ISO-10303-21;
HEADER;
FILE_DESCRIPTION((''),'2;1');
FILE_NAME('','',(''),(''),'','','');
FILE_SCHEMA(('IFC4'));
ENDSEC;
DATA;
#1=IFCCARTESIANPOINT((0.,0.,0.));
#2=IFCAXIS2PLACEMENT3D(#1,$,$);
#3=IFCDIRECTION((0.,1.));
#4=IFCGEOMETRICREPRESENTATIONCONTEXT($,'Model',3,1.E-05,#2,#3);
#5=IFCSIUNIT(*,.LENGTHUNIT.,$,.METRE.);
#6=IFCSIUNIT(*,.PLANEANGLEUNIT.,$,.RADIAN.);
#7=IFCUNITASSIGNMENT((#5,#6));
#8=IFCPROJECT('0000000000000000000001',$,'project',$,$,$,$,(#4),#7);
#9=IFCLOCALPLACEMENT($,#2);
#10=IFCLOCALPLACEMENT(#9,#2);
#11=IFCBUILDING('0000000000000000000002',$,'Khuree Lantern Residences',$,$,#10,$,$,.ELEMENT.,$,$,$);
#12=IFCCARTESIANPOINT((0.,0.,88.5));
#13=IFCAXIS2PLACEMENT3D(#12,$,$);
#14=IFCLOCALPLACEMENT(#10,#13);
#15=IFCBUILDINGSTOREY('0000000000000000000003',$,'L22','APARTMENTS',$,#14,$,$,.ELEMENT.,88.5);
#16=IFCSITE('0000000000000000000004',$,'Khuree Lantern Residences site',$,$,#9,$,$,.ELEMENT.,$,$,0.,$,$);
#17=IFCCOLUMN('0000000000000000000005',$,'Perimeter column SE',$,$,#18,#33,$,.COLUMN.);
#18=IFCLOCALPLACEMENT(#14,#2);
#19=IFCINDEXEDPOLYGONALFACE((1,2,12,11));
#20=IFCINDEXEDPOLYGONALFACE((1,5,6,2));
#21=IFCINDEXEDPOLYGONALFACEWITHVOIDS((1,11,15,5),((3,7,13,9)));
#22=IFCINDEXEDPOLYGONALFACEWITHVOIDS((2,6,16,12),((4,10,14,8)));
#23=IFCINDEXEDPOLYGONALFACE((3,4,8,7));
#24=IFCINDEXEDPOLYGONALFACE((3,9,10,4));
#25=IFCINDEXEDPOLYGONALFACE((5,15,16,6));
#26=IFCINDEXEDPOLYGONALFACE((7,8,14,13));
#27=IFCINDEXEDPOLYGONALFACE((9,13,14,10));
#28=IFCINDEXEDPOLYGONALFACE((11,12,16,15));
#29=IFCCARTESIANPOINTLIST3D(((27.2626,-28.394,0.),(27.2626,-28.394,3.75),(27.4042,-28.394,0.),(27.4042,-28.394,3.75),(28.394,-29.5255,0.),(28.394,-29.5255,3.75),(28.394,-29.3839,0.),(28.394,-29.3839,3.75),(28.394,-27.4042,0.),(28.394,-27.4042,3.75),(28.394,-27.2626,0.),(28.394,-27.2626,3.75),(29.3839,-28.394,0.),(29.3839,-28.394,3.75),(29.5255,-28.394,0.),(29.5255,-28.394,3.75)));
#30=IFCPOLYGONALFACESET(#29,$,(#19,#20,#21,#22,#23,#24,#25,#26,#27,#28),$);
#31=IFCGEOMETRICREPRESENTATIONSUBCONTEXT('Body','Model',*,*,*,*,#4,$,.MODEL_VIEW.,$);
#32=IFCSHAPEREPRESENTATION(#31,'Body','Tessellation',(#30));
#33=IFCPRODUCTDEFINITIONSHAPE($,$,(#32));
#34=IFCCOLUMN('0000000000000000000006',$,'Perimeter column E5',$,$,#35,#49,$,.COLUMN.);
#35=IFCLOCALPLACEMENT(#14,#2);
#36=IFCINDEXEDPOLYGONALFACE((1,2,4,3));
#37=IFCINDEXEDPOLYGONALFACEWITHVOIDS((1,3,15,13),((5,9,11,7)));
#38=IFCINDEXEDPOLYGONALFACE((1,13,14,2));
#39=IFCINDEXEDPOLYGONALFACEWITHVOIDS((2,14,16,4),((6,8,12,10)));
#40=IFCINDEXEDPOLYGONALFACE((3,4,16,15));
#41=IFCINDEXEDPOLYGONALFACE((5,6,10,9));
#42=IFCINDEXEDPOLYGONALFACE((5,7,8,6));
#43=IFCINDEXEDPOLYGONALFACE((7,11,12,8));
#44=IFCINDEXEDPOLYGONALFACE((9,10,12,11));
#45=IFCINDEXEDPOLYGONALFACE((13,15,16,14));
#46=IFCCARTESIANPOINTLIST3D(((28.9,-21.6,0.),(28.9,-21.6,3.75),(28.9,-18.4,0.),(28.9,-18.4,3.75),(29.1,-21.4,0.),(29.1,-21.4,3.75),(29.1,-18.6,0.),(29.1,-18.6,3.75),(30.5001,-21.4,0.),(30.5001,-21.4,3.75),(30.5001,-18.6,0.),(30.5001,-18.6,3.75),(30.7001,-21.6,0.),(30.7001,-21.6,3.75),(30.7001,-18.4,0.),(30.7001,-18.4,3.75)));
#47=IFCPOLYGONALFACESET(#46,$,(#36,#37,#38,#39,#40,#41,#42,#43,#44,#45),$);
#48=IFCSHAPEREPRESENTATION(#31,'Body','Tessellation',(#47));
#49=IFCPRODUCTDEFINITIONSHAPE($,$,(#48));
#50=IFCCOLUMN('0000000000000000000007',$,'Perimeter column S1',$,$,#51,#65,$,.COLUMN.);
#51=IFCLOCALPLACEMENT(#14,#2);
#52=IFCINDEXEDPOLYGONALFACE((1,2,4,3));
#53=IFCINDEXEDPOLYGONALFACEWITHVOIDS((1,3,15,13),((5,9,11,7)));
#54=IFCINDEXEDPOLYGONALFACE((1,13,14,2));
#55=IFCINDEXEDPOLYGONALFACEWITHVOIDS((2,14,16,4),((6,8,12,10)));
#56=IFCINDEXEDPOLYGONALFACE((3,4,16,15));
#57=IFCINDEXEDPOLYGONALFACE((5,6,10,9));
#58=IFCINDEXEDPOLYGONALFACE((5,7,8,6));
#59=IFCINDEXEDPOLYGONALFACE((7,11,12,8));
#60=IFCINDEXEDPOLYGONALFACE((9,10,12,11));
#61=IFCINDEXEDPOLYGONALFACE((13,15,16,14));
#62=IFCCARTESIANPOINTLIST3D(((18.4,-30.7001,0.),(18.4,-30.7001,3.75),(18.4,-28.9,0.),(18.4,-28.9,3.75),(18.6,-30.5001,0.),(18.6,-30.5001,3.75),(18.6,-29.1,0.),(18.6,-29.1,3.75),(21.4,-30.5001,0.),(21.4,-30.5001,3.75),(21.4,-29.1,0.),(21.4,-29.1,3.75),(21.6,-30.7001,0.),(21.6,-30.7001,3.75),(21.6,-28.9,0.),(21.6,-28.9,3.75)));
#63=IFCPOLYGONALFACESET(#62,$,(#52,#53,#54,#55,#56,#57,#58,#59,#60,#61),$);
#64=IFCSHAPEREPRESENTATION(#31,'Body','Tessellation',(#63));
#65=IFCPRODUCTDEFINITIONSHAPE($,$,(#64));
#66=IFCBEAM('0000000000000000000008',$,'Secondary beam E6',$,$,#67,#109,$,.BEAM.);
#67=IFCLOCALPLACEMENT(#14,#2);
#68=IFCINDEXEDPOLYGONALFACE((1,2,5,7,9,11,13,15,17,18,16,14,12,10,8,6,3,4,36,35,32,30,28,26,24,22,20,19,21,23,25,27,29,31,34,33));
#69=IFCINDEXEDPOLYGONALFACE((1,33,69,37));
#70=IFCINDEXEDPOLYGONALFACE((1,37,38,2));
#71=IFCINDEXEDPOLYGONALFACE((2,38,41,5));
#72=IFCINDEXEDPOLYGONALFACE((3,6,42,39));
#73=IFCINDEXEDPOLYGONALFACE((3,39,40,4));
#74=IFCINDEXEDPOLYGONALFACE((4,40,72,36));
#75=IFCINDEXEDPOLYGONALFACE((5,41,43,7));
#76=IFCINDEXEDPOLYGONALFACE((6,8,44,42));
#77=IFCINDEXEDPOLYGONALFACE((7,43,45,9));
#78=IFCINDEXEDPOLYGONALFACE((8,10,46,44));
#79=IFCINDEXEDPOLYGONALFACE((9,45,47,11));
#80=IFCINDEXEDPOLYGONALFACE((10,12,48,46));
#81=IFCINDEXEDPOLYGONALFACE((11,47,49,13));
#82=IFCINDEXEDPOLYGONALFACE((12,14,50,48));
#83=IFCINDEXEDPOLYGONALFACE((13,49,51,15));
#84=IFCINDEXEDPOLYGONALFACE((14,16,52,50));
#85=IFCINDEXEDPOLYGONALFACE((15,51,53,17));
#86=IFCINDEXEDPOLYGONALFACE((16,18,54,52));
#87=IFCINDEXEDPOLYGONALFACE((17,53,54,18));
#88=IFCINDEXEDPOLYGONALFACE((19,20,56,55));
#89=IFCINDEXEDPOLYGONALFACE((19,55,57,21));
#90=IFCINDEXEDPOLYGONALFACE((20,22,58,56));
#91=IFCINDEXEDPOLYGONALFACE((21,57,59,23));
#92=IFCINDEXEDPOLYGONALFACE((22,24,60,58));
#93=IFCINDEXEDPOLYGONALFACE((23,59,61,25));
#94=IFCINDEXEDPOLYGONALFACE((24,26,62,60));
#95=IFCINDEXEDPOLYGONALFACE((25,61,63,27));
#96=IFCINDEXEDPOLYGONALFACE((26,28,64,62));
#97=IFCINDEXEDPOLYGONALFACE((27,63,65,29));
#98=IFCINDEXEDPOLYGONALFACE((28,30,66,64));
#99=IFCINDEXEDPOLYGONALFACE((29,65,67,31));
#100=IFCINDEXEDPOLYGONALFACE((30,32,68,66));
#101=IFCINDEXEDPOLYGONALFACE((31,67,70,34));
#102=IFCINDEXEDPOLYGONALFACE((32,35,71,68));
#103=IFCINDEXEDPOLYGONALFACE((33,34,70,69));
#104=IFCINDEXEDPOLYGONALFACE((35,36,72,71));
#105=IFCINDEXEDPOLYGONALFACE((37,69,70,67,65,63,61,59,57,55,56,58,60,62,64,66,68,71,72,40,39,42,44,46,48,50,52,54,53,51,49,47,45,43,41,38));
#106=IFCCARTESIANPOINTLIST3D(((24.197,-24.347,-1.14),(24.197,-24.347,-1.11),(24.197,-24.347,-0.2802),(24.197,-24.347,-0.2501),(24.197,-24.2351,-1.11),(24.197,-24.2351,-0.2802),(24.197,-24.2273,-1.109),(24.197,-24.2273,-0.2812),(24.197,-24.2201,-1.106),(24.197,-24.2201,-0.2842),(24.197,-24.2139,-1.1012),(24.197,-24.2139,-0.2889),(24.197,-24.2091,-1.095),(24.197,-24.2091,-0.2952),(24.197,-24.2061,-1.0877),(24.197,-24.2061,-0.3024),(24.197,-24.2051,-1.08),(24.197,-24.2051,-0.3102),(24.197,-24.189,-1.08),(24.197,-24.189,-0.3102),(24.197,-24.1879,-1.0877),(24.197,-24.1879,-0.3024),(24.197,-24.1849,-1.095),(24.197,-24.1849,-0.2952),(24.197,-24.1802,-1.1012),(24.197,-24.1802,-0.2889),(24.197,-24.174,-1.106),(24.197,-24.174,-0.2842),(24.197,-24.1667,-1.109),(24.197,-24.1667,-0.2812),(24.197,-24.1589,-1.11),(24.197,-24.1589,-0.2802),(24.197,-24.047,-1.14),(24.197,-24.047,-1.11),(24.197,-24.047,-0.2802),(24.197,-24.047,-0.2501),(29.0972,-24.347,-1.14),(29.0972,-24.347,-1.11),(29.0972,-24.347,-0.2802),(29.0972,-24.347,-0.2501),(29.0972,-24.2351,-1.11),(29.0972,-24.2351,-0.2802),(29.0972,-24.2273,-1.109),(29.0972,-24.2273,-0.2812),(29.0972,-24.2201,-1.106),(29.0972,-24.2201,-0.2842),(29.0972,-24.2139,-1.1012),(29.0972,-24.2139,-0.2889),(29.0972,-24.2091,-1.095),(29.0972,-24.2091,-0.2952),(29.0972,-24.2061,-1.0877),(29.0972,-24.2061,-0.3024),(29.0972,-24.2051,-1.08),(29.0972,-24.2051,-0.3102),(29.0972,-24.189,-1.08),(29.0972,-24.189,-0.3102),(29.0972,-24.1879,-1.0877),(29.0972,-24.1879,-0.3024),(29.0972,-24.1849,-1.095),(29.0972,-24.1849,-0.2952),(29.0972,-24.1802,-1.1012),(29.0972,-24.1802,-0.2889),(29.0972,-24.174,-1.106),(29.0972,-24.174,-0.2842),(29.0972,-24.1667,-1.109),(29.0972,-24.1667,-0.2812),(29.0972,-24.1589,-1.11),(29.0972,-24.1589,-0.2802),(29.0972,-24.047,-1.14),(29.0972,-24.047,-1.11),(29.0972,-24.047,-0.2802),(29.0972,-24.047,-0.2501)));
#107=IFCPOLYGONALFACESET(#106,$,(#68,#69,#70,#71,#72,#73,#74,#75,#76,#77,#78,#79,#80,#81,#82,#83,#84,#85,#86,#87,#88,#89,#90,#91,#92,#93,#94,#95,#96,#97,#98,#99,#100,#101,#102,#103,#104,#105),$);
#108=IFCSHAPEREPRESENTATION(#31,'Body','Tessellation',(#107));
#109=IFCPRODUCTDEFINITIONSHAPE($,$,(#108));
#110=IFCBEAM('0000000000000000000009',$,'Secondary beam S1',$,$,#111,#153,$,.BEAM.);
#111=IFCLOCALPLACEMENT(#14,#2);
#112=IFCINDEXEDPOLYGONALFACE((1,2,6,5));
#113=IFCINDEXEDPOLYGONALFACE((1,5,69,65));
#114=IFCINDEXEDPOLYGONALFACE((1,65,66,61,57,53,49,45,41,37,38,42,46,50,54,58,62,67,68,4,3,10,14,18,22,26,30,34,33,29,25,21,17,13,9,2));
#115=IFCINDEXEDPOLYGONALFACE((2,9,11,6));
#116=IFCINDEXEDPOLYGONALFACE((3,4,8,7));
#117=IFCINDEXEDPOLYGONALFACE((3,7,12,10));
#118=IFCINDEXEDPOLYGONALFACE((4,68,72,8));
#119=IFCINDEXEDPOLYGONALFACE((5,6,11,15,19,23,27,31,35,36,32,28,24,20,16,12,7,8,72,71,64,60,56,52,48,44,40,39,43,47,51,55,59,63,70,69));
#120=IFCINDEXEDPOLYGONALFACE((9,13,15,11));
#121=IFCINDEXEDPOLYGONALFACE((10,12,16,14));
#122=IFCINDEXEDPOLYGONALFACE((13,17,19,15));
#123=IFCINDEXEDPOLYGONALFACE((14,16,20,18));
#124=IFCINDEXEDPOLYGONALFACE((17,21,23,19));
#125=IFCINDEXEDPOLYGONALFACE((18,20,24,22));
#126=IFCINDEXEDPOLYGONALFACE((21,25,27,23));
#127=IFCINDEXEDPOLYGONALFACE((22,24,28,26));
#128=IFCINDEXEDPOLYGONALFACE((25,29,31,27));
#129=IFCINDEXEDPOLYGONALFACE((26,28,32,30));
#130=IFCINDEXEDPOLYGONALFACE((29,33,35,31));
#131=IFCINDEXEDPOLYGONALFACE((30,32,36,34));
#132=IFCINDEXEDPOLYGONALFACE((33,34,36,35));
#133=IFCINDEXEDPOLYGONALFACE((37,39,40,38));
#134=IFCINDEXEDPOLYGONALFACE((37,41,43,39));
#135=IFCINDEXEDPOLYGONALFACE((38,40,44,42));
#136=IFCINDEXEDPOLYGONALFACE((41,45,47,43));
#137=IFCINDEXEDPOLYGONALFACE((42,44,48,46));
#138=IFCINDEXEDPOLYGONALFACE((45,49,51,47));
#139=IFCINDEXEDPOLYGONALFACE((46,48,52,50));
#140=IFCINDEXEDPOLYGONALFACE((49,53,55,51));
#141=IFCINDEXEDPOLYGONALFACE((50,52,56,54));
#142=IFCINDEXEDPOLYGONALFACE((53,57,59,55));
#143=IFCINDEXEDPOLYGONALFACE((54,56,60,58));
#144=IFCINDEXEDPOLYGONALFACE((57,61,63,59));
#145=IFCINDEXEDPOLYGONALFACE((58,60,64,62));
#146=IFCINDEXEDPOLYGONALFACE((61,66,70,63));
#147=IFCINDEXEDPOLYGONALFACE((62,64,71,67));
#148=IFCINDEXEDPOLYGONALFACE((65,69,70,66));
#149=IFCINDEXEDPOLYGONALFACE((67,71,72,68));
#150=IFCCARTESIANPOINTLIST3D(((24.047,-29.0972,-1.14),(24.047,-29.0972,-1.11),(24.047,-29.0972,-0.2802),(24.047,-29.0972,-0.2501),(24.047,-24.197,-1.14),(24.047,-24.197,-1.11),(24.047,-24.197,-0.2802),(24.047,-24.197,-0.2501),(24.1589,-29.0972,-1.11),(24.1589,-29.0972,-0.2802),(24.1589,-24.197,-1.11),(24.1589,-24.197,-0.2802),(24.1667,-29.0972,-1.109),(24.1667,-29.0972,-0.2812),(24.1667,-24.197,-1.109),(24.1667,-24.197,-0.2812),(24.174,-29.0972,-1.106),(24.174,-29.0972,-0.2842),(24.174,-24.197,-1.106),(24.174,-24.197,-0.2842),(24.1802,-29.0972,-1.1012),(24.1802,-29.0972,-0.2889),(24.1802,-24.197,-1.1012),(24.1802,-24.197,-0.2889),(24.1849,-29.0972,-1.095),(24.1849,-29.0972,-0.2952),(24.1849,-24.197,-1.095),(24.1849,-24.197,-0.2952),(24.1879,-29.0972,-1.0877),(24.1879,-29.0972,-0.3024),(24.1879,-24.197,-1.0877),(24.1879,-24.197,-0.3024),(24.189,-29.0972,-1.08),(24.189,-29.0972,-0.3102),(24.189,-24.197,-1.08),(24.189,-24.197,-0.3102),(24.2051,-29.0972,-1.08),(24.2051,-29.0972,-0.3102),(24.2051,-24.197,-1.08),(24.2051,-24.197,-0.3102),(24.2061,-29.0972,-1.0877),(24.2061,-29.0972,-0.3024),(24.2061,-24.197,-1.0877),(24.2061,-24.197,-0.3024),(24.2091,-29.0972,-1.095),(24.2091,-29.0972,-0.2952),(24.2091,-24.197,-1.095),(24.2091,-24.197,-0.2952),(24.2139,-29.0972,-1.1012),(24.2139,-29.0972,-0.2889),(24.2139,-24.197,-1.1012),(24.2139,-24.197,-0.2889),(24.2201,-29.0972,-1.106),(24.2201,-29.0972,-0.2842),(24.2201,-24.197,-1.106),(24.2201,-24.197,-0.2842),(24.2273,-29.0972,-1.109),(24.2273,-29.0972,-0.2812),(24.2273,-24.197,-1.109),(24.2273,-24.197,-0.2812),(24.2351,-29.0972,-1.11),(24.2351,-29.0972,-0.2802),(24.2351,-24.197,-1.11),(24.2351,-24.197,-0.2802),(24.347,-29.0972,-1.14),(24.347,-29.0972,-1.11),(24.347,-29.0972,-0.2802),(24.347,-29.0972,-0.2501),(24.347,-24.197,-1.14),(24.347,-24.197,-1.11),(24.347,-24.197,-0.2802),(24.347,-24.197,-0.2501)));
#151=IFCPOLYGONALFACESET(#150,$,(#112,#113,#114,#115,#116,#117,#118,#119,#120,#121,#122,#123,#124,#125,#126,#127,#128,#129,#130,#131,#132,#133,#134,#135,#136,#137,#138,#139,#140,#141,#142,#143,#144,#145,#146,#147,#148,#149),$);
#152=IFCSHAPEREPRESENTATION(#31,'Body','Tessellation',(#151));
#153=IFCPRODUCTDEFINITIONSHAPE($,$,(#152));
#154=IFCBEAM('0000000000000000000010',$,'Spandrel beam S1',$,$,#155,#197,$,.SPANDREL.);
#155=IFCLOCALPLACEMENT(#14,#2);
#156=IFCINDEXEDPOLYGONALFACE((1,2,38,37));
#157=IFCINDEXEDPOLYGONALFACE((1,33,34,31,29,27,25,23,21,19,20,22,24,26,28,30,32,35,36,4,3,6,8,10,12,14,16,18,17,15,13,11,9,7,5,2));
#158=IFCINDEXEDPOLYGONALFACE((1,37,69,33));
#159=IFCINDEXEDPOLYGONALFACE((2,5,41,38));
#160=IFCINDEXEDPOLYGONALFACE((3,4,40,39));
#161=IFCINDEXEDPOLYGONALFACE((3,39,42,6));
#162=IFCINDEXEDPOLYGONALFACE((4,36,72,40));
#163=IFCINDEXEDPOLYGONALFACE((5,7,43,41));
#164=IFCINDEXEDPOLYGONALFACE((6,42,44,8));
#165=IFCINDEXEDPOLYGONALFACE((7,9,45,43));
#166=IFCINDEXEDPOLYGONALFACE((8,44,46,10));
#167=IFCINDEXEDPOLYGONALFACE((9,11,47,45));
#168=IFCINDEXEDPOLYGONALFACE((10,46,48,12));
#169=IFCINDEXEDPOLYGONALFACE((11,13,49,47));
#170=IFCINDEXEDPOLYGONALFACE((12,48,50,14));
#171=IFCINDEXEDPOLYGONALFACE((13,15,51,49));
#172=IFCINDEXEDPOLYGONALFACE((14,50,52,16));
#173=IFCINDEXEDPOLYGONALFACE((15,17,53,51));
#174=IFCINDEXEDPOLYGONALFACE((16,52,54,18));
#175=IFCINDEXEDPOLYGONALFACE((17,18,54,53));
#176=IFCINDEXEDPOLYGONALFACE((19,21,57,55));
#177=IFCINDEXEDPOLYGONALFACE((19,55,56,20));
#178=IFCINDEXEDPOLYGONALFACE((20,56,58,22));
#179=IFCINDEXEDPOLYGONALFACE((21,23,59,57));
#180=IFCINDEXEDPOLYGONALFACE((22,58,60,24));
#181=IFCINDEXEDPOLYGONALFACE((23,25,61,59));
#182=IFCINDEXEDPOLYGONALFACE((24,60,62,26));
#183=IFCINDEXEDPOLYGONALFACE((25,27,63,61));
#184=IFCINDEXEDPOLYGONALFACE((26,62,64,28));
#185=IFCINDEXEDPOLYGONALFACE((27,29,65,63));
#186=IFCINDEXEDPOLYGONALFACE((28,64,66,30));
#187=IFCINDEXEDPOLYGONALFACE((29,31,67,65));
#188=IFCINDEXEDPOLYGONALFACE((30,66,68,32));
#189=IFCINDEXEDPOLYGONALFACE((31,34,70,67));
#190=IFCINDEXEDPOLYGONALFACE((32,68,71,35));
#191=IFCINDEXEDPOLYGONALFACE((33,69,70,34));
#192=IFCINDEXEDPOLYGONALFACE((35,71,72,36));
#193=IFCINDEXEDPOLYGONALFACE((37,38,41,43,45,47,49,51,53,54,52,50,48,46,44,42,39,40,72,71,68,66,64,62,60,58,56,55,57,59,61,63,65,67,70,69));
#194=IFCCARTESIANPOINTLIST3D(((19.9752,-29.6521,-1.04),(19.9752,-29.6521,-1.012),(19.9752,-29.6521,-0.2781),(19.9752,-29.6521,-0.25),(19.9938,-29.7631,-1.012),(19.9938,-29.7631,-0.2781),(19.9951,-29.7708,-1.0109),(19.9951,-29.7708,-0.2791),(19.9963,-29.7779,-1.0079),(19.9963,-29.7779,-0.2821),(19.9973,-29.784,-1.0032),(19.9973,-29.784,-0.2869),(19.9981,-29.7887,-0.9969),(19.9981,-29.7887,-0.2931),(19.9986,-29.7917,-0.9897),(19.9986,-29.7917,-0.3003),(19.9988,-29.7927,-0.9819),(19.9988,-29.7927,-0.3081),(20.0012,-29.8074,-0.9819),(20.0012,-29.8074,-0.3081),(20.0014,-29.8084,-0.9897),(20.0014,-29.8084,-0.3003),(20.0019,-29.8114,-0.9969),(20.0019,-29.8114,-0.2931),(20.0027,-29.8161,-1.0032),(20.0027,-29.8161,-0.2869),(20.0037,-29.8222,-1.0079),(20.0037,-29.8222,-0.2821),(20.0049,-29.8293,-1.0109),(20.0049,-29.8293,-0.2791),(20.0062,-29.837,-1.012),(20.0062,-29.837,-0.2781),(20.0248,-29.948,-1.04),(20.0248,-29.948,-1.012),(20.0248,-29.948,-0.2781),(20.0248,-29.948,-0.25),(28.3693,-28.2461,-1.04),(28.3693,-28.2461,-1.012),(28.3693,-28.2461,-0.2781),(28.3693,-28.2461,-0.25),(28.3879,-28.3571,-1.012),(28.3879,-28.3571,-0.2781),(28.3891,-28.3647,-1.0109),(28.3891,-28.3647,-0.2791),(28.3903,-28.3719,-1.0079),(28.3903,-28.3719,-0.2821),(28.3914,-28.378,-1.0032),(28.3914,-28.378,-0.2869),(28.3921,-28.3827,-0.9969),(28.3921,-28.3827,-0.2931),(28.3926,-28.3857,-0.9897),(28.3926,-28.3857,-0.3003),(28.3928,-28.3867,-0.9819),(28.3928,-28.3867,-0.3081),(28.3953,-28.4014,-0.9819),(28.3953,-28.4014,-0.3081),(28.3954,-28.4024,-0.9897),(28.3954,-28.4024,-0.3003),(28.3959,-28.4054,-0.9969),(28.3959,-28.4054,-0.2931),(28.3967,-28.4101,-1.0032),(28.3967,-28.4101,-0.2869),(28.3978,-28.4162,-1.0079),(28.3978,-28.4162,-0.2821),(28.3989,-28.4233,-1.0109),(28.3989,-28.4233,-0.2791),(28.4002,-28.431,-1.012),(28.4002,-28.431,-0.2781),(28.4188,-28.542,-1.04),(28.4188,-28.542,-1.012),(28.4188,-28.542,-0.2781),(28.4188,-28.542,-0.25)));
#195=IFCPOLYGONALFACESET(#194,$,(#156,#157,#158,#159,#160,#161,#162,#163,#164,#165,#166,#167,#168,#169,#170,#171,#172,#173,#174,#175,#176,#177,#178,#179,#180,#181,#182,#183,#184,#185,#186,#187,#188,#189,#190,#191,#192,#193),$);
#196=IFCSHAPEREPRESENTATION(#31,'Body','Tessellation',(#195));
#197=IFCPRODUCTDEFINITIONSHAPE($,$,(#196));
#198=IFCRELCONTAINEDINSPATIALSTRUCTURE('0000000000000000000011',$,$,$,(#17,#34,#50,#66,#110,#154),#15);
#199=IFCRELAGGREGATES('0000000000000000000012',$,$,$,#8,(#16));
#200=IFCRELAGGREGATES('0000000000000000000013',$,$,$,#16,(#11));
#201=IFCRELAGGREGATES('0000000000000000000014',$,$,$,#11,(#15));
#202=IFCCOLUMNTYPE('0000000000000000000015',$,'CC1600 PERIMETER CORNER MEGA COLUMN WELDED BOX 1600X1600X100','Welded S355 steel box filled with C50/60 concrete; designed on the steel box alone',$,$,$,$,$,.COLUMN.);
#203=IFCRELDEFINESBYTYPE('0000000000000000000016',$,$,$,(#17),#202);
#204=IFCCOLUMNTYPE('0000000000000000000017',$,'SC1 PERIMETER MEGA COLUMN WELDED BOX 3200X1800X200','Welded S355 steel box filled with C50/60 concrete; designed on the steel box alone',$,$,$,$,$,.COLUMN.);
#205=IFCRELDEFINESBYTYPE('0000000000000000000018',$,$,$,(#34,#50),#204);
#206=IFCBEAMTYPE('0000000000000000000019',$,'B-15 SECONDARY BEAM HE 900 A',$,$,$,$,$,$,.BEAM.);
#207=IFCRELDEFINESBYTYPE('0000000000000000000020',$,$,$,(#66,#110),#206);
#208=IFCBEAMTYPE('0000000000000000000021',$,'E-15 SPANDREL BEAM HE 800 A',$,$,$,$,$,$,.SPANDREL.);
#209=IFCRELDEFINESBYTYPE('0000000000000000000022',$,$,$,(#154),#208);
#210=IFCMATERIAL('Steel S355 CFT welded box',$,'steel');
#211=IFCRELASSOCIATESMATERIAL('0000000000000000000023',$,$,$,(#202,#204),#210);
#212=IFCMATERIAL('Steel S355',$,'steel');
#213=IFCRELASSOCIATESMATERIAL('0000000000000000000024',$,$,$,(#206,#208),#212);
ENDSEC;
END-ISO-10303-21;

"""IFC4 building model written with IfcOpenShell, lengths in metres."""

from ifc_helpers import new_model, si_unit, direction, frame, origin, origin_2d, place, context, subcontext, project, spatial, hollow_rectangle, i_section, extrude, material, material_profile, profile_set, type_object, element, save


model = new_model("IFC4")

# Units and contexts
model_context = context("Model", 3, precision=1e-05, world=origin(), true_north=direction((0.0, 1.0)))
body_context = subcontext(model_context, "Body", "Model", "MODEL_VIEW")
ifc_project = project(units=[si_unit("LENGTHUNIT", "METRE"), si_unit("PLANEANGLEUNIT", "RADIAN")], contexts=[model_context])

# Site, building, storey
site_placement = place(None, origin())
site = spatial("IfcSite", under=ifc_project, at=site_placement, Name="Khuree Lantern Residences site", CompositionType="ELEMENT", RefElevation=0.0)
building_placement = place(site_placement, origin())
building = spatial("IfcBuilding", under=site, at=building_placement, Name="Khuree Lantern Residences", CompositionType="ELEMENT")
storey_placement = place(building_placement, frame((0.0, 0.0, 88.5)))
storey = spatial("IfcBuildingStorey", under=building, at=storey_placement, Name="L22", Description="APARTMENTS", CompositionType="ELEMENT", Elevation=88.5)

# Columns
ifc_material_1 = material(Name="Steel S355 CFT welded box", Category="steel")
ifc_material_profile_1 = material_profile(ifc_material_1, hollow_rectangle(XDim=1.6001, YDim=1.6001, WallThickness=0.1001, at=origin_2d()), Name="WELDED BOX 1600X1600X100")
ifc_profile_set_1 = profile_set([ifc_material_profile_1], Name="Steel S355 CFT welded box")
column_type_1 = type_object("IfcColumnType", Name="CC1600 PERIMETER CORNER MEGA COLUMN WELDED BOX 1600X1600X100", Description="Welded S355 steel box filled with C50/60 concrete; designed on the steel box alone", PredefinedType="COLUMN", material=ifc_profile_set_1)
column_placement = place(storey_placement, frame((28.394, -28.394, 0.0), z_axis=(0.0, 0.0, 1.0), x_axis=(0.707107, 0.707107, 0.0)))
element("IfcColumn", 1, at=column_placement, inside=storey, type_object=column_type_1, Name="Perimeter column SE", PredefinedType="COLUMN", context=body_context, shape_type="SweptSolid", body=[
    extrude(hollow_rectangle(XDim=1.6001, YDim=1.6001, WallThickness=0.1001, at=origin_2d()), origin(), (0.0, 0.0, 1.0), 3.75),
])
ifc_material_profile_2 = material_profile(ifc_material_1, hollow_rectangle(XDim=3.2, YDim=1.8, WallThickness=0.2, at=origin_2d()), Name="WELDED BOX 3200X1800X200")
ifc_profile_set_2 = profile_set([ifc_material_profile_2], Name="Steel S355 CFT welded box")
column_type_2 = type_object("IfcColumnType", Name="SC1 PERIMETER MEGA COLUMN WELDED BOX 3200X1800X200", Description="Welded S355 steel box filled with C50/60 concrete; designed on the steel box alone", PredefinedType="COLUMN", material=ifc_profile_set_2)
for number, where, z_axis, x_axis, name in (
    (2, (29.8, -20.0, 0.0), (0.0, 0.0, 1.0), (0.0, 1.0, 0.0), "Perimeter column E5"),
    (3, (20.0, -29.8, 0.0), (0.0, 0.0, 1.0), (1.0, 0.0, 0.0), "Perimeter column S1"),
):
    element("IfcColumn", number, at=place(storey_placement, frame(where, z_axis=z_axis, x_axis=x_axis)), inside=storey, type_object=column_type_2, Name=name, PredefinedType="COLUMN", context=body_context, shape_type="SweptSolid", body=[
        extrude(hollow_rectangle(XDim=3.2, YDim=1.8, WallThickness=0.2, at=origin_2d()), origin(), (0.0, 0.0, 1.0), 3.75),
    ])

# Beams
ifc_material_2 = material(Name="Steel S355", Category="steel")
ifc_material_profile_3 = material_profile(ifc_material_2, i_section(OverallWidth=0.3, OverallDepth=0.8899, WebThickness=0.0161, FlangeThickness=0.03, FilletRadius=0.03, at=origin_2d()), Name="HE 900 A")
ifc_profile_set_3 = profile_set([ifc_material_profile_3], Name="Steel S355")
beam_type_1 = type_object("IfcBeamType", Name="B-15 SECONDARY BEAM HE 900 A", PredefinedType="BEAM", material=ifc_profile_set_3)
for number, where, z_axis, x_axis, name in (
    (4, (29.0972, -24.197, -0.6951), (-1.0, 0.0, 0.0), (0.0, -1.0, 0.0), "Secondary beam E6"),
    (5, (24.197, -29.0972, -0.6951), (0.0, 1.0, 0.0), (-1.0, 0.0, 0.0), "Secondary beam S1"),
):
    element("IfcBeam", number, at=place(storey_placement, frame(where, z_axis=z_axis, x_axis=x_axis)), inside=storey, type_object=beam_type_1, Name=name, PredefinedType="BEAM", context=body_context, shape_type="SweptSolid", body=[
        extrude(i_section(OverallWidth=0.3, OverallDepth=0.8899, WebThickness=0.0161, FlangeThickness=0.03, FilletRadius=0.03, at=origin_2d()), origin(), (0.0, 0.0, 1.0), 4.9001),
    ])
ifc_material_profile_4 = material_profile(ifc_material_2, i_section(OverallWidth=0.3, OverallDepth=0.79, WebThickness=0.0149, FlangeThickness=0.0281, FilletRadius=0.03, at=origin_2d()), Name="HE 800 A")
ifc_profile_set_4 = profile_set([ifc_material_profile_4], Name="Steel S355")
beam_type_2 = type_object("IfcBeamType", Name="E-15 SPANDREL BEAM HE 800 A", PredefinedType="SPANDREL", material=ifc_profile_set_4)
beam_1_placement = place(storey_placement, frame((28.394, -28.394, -0.645), z_axis=(-0.98626, -0.165199, 0.0), x_axis=(0.165199, -0.98626, 0.0)))
element("IfcBeam", 6, at=beam_1_placement, inside=storey, type_object=beam_type_2, Name="Spandrel beam S1", PredefinedType="SPANDREL", context=body_context, shape_type="SweptSolid", body=[
    extrude(i_section(OverallWidth=0.3, OverallDepth=0.79, WebThickness=0.0149, FlangeThickness=0.0281, FilletRadius=0.03, at=origin_2d()), origin(), (0.0, 0.0, 1.0), 8.511),
])

save(model, "model.ifc")
